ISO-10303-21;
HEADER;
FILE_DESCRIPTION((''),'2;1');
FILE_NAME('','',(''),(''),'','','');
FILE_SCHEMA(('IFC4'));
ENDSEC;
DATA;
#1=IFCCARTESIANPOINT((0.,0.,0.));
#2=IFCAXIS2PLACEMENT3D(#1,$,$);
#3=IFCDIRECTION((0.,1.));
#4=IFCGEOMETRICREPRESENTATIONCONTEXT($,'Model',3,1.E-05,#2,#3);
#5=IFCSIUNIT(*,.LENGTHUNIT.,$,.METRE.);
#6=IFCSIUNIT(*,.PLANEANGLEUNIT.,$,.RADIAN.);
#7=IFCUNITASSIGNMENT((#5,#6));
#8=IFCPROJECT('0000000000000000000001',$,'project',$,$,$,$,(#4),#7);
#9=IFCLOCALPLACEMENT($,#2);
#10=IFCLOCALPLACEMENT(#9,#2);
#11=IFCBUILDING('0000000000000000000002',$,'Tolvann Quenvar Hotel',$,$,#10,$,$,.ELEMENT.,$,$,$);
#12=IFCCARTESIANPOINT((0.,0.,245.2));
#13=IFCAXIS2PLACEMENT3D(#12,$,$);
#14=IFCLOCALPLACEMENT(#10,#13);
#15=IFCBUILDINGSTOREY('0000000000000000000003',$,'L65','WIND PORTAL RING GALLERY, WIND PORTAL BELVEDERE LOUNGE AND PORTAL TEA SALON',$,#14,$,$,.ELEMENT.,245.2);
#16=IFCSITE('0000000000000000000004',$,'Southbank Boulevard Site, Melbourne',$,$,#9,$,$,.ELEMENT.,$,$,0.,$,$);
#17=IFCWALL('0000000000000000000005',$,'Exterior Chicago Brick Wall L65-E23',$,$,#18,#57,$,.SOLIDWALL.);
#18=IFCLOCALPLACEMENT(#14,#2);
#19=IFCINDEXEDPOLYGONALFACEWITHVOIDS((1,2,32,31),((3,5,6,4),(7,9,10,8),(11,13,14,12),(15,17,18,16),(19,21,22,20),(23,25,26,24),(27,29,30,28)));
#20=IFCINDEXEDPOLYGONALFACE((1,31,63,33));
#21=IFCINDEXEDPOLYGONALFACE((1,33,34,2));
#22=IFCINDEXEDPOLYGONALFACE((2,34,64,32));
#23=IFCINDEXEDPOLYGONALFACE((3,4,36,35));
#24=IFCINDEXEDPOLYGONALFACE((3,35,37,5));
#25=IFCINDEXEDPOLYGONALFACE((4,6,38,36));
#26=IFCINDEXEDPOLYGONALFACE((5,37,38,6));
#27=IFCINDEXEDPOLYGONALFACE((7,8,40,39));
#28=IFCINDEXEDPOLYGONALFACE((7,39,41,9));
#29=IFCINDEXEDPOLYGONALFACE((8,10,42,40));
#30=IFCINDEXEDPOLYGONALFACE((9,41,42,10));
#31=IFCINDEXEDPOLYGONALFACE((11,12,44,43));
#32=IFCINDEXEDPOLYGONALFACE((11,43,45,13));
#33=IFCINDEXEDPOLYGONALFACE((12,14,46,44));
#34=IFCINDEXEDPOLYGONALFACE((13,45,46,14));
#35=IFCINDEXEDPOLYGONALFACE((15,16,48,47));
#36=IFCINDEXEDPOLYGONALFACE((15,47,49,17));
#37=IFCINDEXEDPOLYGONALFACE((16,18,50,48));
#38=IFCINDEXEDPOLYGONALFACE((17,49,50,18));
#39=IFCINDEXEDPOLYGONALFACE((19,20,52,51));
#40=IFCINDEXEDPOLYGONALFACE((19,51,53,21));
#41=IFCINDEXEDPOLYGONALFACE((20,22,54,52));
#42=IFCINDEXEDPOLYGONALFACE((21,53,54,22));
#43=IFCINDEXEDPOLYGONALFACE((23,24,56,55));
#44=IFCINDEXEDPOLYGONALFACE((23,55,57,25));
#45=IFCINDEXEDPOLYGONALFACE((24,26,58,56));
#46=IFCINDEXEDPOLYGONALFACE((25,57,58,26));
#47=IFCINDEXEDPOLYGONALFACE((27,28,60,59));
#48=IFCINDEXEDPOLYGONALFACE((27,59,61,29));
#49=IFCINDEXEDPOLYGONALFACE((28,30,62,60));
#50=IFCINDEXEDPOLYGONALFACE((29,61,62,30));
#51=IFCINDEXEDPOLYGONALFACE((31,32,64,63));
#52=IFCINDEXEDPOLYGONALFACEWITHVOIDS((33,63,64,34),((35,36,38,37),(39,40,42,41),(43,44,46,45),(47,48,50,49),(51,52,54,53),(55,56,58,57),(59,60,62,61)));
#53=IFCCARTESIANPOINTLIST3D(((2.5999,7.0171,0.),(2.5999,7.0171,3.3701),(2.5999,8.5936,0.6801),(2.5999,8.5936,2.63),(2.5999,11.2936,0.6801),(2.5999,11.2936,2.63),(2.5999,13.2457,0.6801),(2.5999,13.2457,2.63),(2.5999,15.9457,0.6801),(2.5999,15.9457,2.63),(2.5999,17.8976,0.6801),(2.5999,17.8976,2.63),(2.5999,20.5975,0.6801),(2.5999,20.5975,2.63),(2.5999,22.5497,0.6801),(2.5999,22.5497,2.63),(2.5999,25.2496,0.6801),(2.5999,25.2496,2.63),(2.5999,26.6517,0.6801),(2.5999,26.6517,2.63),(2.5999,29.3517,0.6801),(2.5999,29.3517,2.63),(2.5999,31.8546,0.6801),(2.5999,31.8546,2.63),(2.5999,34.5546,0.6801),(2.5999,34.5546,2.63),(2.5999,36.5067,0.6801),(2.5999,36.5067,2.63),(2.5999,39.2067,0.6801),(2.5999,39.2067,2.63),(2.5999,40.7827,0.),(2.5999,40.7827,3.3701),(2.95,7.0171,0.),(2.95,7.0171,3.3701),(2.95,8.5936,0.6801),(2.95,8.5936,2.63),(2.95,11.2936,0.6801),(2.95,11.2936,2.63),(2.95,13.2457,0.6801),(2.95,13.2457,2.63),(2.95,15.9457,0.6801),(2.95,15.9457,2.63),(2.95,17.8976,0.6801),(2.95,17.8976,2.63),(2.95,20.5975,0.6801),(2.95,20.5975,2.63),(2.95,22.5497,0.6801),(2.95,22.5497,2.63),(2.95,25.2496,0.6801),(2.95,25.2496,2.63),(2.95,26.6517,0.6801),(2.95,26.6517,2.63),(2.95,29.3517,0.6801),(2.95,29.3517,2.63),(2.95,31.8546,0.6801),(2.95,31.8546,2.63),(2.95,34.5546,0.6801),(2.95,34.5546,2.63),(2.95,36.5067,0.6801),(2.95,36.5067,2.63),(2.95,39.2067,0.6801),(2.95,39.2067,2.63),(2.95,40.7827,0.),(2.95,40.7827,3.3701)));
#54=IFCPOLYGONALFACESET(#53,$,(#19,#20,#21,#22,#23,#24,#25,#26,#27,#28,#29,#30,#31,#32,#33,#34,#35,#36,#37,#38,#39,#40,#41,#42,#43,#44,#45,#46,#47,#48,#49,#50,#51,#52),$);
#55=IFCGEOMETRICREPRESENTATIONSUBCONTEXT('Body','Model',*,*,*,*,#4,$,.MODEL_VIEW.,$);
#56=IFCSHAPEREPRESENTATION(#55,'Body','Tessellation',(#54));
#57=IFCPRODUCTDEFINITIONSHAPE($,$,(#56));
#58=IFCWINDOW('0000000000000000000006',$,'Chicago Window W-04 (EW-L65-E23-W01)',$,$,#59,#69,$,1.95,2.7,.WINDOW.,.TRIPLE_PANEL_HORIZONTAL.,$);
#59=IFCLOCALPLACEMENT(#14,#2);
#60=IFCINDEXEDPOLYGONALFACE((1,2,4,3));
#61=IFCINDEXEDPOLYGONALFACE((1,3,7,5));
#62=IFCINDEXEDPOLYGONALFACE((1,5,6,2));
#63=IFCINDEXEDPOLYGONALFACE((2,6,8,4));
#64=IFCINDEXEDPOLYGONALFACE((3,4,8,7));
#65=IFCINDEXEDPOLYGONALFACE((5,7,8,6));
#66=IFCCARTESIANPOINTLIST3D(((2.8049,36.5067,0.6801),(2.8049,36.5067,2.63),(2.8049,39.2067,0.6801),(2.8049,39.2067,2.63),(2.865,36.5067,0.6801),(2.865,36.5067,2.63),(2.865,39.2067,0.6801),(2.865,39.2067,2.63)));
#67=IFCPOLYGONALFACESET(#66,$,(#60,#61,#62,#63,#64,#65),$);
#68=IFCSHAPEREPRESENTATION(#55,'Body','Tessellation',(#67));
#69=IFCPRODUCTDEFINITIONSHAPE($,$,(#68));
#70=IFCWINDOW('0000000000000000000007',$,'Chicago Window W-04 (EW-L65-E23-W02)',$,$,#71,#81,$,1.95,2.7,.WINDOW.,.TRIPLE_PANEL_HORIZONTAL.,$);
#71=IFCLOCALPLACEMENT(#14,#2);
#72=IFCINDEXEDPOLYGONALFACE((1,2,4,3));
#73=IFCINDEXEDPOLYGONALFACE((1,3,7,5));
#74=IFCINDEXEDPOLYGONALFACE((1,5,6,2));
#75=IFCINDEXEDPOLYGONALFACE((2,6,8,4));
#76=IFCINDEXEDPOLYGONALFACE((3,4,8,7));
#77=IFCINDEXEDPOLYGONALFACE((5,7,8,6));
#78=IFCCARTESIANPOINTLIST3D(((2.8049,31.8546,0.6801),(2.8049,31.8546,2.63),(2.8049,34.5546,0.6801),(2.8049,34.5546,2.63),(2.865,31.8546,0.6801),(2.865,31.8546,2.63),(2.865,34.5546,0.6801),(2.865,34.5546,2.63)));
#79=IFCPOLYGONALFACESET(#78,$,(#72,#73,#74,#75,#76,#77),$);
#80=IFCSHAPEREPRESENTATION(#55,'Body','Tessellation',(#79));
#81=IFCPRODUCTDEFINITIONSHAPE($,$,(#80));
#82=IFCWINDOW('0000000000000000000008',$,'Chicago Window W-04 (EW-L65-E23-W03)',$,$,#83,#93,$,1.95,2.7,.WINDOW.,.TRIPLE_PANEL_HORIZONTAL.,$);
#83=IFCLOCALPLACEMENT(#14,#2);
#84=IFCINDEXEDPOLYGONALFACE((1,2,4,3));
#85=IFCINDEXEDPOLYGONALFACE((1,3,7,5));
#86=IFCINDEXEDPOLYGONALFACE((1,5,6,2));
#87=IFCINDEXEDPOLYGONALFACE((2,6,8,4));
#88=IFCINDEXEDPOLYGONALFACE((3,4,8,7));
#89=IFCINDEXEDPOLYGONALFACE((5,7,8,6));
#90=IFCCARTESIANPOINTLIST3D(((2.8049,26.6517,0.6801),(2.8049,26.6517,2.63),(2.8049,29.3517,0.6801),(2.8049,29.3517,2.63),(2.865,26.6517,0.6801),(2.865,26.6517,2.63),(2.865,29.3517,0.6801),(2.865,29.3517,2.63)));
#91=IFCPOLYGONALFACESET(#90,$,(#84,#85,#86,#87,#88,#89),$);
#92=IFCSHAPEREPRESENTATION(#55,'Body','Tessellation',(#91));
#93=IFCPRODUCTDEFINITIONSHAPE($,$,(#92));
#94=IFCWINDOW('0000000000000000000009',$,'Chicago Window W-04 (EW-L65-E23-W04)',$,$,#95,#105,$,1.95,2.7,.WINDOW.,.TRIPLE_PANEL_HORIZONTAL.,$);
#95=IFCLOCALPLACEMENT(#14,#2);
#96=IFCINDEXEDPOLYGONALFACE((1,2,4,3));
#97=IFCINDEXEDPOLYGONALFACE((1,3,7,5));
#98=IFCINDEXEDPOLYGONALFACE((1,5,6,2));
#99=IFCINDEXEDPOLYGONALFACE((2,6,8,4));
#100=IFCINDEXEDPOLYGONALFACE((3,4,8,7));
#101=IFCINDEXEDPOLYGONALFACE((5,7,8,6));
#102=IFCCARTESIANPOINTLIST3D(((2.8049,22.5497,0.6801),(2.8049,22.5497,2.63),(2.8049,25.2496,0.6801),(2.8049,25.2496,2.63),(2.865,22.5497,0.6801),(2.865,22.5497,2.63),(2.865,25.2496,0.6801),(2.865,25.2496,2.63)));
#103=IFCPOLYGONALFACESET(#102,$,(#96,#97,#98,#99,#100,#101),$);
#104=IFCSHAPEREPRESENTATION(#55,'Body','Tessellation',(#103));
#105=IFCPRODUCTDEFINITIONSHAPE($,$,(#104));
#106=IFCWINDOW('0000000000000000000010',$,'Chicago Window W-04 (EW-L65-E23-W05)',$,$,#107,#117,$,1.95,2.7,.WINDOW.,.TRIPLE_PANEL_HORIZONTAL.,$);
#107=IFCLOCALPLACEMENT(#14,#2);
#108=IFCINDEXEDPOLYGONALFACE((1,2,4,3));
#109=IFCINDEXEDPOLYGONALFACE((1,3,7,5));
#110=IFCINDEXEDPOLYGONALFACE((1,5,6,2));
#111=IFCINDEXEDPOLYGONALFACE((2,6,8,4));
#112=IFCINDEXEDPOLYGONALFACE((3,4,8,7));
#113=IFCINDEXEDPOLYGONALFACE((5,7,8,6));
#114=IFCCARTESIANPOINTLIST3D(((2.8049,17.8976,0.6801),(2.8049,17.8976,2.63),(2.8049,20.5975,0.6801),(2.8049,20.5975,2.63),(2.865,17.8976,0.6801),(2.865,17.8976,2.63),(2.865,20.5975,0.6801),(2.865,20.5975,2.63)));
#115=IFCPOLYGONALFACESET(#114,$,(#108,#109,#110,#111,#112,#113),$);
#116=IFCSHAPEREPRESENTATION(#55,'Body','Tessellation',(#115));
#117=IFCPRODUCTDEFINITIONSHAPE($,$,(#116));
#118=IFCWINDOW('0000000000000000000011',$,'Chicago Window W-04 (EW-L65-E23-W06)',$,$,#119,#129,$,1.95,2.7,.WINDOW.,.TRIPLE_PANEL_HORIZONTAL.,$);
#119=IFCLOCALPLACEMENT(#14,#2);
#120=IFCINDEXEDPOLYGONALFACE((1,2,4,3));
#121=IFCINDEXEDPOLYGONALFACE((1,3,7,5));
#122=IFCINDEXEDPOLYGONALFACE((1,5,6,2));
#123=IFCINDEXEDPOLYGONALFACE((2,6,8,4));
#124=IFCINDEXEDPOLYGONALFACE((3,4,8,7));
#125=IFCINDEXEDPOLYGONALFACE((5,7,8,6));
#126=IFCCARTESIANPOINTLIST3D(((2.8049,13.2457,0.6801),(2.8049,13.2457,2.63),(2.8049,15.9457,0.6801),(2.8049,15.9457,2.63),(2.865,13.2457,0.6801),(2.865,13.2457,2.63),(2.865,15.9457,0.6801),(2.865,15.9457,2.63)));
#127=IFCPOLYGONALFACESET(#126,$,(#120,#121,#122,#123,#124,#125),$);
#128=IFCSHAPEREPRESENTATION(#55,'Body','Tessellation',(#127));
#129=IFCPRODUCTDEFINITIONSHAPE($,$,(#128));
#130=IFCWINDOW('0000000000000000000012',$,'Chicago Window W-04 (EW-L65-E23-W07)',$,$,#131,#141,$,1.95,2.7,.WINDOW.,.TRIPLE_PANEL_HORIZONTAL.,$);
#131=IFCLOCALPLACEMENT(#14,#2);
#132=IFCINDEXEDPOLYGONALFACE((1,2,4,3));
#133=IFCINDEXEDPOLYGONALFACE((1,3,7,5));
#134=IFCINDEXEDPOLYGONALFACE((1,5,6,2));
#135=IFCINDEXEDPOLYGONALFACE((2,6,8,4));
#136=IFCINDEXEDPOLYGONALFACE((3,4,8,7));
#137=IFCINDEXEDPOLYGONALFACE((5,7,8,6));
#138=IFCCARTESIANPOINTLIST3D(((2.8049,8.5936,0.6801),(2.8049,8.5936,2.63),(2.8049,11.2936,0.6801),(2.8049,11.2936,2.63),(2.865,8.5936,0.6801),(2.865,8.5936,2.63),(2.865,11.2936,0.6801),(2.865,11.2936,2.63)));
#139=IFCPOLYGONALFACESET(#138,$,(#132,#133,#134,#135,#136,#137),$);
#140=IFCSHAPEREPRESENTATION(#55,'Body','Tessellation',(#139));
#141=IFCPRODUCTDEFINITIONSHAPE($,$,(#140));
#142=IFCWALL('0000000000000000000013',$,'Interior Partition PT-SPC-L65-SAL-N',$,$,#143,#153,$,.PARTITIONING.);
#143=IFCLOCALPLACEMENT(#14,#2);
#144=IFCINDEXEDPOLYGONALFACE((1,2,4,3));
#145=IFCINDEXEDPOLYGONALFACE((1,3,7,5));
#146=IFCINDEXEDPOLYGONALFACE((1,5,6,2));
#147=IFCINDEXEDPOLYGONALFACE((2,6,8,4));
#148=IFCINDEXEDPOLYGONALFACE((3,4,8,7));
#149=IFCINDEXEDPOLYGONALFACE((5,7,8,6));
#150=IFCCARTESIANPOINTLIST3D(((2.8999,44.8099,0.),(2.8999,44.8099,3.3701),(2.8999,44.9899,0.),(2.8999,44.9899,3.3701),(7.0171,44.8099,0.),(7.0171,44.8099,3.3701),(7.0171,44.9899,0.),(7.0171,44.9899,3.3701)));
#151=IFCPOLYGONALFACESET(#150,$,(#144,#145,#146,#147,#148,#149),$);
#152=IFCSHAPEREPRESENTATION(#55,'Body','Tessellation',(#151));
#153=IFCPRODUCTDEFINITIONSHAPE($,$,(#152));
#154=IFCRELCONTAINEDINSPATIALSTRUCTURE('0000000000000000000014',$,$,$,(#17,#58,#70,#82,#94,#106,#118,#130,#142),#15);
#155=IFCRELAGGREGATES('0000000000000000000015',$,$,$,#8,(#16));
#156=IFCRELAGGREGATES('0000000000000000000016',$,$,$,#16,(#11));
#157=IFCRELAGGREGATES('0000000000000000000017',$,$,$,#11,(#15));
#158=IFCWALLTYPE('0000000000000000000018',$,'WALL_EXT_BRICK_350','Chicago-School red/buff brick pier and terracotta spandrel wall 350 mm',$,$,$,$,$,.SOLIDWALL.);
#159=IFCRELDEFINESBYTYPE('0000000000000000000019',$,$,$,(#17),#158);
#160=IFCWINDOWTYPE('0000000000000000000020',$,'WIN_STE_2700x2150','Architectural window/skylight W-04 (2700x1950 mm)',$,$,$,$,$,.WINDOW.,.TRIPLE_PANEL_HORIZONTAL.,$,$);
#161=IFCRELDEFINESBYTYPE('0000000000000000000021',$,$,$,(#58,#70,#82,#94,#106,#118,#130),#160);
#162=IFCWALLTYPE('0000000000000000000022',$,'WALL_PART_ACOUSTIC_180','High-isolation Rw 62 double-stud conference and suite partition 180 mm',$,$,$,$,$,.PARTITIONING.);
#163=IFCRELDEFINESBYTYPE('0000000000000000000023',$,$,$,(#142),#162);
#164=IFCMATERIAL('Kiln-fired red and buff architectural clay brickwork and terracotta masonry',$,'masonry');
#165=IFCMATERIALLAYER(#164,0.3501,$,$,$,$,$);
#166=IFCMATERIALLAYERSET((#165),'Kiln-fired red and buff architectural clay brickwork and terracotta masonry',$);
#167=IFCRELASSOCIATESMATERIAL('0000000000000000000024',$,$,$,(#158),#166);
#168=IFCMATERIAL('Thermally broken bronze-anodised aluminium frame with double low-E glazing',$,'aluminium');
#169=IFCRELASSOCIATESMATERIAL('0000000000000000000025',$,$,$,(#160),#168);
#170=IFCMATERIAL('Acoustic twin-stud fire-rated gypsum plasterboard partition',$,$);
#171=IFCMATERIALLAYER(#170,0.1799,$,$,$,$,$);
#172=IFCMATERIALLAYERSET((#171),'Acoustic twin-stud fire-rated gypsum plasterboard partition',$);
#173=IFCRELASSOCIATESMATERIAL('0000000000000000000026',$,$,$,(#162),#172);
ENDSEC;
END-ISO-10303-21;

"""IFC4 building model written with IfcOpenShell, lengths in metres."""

from ifc_helpers import new_model, si_unit, direction, frame, frame_2d, origin, place, context, subcontext, project, spatial, rectangle, extrude, source, transform, mapped, material, layer, layer_set, type_object, type_shapes, element, fill, save


model = new_model("IFC4")

# Units and contexts
model_context = context("Model", 3, precision=1e-05, world=origin(), true_north=direction((0.0, 1.0)))
body_context = subcontext(model_context, "Body", "Model", "MODEL_VIEW")
ifc_project = project(units=[si_unit("LENGTHUNIT", "METRE"), si_unit("PLANEANGLEUNIT", "RADIAN")], contexts=[model_context])

# Site, building, storey
site_placement = place(None, origin())
site = spatial("IfcSite", under=ifc_project, at=site_placement, Name="Southbank Boulevard Site, Melbourne", CompositionType="ELEMENT", RefElevation=0.0)
building_placement = place(site_placement, origin())
building = spatial("IfcBuilding", under=site, at=building_placement, Name="Tolvann Quenvar Hotel", CompositionType="ELEMENT")
storey_placement = place(building_placement, frame((0.0, 0.0, 245.2)))
storey = spatial("IfcBuildingStorey", under=building, at=storey_placement, Name="L65", Description="WIND PORTAL RING GALLERY, WIND PORTAL BELVEDERE LOUNGE AND PORTAL TEA SALON", CompositionType="ELEMENT", Elevation=245.2)

# Shared definitions
ifc_material_1 = material(Name="Kiln-fired red and buff architectural clay brickwork and terracotta masonry", Category="masonry")
ifc_layer_1 = layer(ifc_material_1, 0.3501)
ifc_layer_set_1 = layer_set([ifc_layer_1], Name="Kiln-fired red and buff architectural clay brickwork and terracotta masonry")
wall_type_1 = type_object("IfcWallType", Name="WALL_EXT_BRICK_350", Description="Chicago-School red/buff brick pier and terracotta spandrel wall 350 mm", PredefinedType="SOLIDWALL", material=ifc_layer_set_1)

# Wall, openings, windows
wall_1_placement = place(storey_placement, frame((2.7749, 40.7827, 0.0), z_axis=(0.0, 0.0, 1.0), x_axis=(0.0, -1.0, 0.0)))
wall_1 = element("IfcWall", 1, at=wall_1_placement, inside=storey, type_object=wall_type_1, Name="Exterior Chicago Brick Wall L65-E23", PredefinedType="SOLIDWALL", context=body_context, shape_type="SweptSolid", body=[
    extrude(rectangle(XDim=33.7656, YDim=0.3501, at=frame_2d((16.8828, 0.0))), origin(), (0.0, 0.0, 1.0), 3.3701),
])
opening_1_placement = place(wall_1_placement, frame((1.5759, 0.0, 0.6799)))
opening_1 = element("IfcOpeningElement", 2, at=opening_1_placement, cuts=wall_1, PredefinedType="OPENING", context=body_context, shape_type="SweptSolid", body=[
    extrude(rectangle(XDim=2.7, YDim=1.95, at=frame_2d((1.3501, 0.9751))), frame((0.0, 0.1851, 0.0), z_axis=(0.0, -1.0, 0.0), x_axis=(1.0, 0.0, 0.0)), (0.0, 0.0, 1.0), 0.3701),
])
opening_2_placement = place(wall_1_placement, frame((6.228, 0.0, 0.6799)))
opening_2 = element("IfcOpeningElement", 3, at=opening_2_placement, cuts=wall_1, PredefinedType="OPENING", context=body_context, shape_type="SweptSolid", body=[
    extrude(rectangle(XDim=2.7, YDim=1.95, at=frame_2d((1.3501, 0.9751))), frame((0.0, 0.1851, 0.0), z_axis=(0.0, -1.0, 0.0), x_axis=(1.0, 0.0, 0.0)), (0.0, 0.0, 1.0), 0.3701),
])
opening_3_placement = place(wall_1_placement, frame((11.4309, 0.0, 0.6799)))
opening_3 = element("IfcOpeningElement", 4, at=opening_3_placement, cuts=wall_1, PredefinedType="OPENING", context=body_context, shape_type="SweptSolid", body=[
    extrude(rectangle(XDim=2.7, YDim=1.95, at=frame_2d((1.3501, 0.9751))), frame((0.0, 0.1851, 0.0), z_axis=(0.0, -1.0, 0.0), x_axis=(1.0, 0.0, 0.0)), (0.0, 0.0, 1.0), 0.3701),
])
opening_4_placement = place(wall_1_placement, frame((15.533, 0.0, 0.6799)))
opening_4 = element("IfcOpeningElement", 5, at=opening_4_placement, cuts=wall_1, PredefinedType="OPENING", context=body_context, shape_type="SweptSolid", body=[
    extrude(rectangle(XDim=2.7, YDim=1.95, at=frame_2d((1.3501, 0.9751))), frame((0.0, 0.1851, 0.0), z_axis=(0.0, -1.0, 0.0), x_axis=(1.0, 0.0, 0.0)), (0.0, 0.0, 1.0), 0.3701),
])
opening_5_placement = place(wall_1_placement, frame((20.1851, 0.0, 0.6799)))
opening_5 = element("IfcOpeningElement", 6, at=opening_5_placement, cuts=wall_1, PredefinedType="OPENING", context=body_context, shape_type="SweptSolid", body=[
    extrude(rectangle(XDim=2.7, YDim=1.95, at=frame_2d((1.3501, 0.9751))), frame((0.0, 0.1851, 0.0), z_axis=(0.0, -1.0, 0.0), x_axis=(1.0, 0.0, 0.0)), (0.0, 0.0, 1.0), 0.3701),
])
opening_6_placement = place(wall_1_placement, frame((24.8369, 0.0, 0.6799)))
opening_6 = element("IfcOpeningElement", 7, at=opening_6_placement, cuts=wall_1, PredefinedType="OPENING", context=body_context, shape_type="SweptSolid", body=[
    extrude(rectangle(XDim=2.7, YDim=1.95, at=frame_2d((1.3501, 0.9751))), frame((0.0, 0.1851, 0.0), z_axis=(0.0, -1.0, 0.0), x_axis=(1.0, 0.0, 0.0)), (0.0, 0.0, 1.0), 0.3701),
])
opening_7_placement = place(wall_1_placement, frame((29.489, 0.0, 0.6799)))
opening_7 = element("IfcOpeningElement", 8, at=opening_7_placement, cuts=wall_1, PredefinedType="OPENING", context=body_context, shape_type="SweptSolid", body=[
    extrude(rectangle(XDim=2.7, YDim=1.95, at=frame_2d((1.3501, 0.9751))), frame((0.0, 0.1851, 0.0), z_axis=(0.0, -1.0, 0.0), x_axis=(1.0, 0.0, 0.0)), (0.0, 0.0, 1.0), 0.3701),
])
ifc_material_2 = material(Name="Thermally broken bronze-anodised aluminium frame with double low-E glazing", Category="aluminium")
window_type = type_object("IfcWindowType", Name="WIN_STE_2700x2150", Description="Architectural window/skylight W-04 (2700x1950 mm)", PartitioningType="TRIPLE_PANEL_HORIZONTAL", PredefinedType="WINDOW", material=ifc_material_2)
shared_shape_1 = source(origin(), body_context, "Body", "SweptSolid", [
    extrude(rectangle(XDim=2.7, YDim=1.95, at=frame_2d((1.3501, 0.9751))), frame((0.0, 0.0901, 0.0), z_axis=(0.0, -1.0, 0.0), x_axis=(1.0, 0.0, 0.0)), (0.0, 0.0, 1.0), 0.0601),
])
type_shapes(window_type, [shared_shape_1])
window_1_placement = place(opening_1_placement, origin())
window_1 = element("IfcWindow", 9, at=window_1_placement, inside=storey, type_object=window_type, Name="Chicago Window W-04 (EW-L65-E23-W01)", OverallHeight=1.95, OverallWidth=2.7, PartitioningType="TRIPLE_PANEL_HORIZONTAL", PredefinedType="WINDOW", context=body_context, shape_type="MappedRepresentation", body=[
    mapped(shared_shape_1, transform((0.0, 0.0, 0.0), x_axis=(1.0, 0.0, 0.0), y_axis=(0.0, 1.0, 0.0), z_axis=(0.0, 0.0, 1.0), scale=1.0)),
])
fill(opening_1, window_1)
window_2_placement = place(opening_2_placement, origin())
window_2 = element("IfcWindow", 10, at=window_2_placement, inside=storey, type_object=window_type, Name="Chicago Window W-04 (EW-L65-E23-W02)", OverallHeight=1.95, OverallWidth=2.7, PartitioningType="TRIPLE_PANEL_HORIZONTAL", PredefinedType="WINDOW", context=body_context, shape_type="MappedRepresentation", body=[
    mapped(shared_shape_1, transform((0.0, 0.0, 0.0), x_axis=(1.0, 0.0, 0.0), y_axis=(0.0, 1.0, 0.0), z_axis=(0.0, 0.0, 1.0), scale=1.0)),
])
fill(opening_2, window_2)
window_3_placement = place(opening_3_placement, origin())
window_3 = element("IfcWindow", 11, at=window_3_placement, inside=storey, type_object=window_type, Name="Chicago Window W-04 (EW-L65-E23-W03)", OverallHeight=1.95, OverallWidth=2.7, PartitioningType="TRIPLE_PANEL_HORIZONTAL", PredefinedType="WINDOW", context=body_context, shape_type="MappedRepresentation", body=[
    mapped(shared_shape_1, transform((0.0, 0.0, 0.0), x_axis=(1.0, 0.0, 0.0), y_axis=(0.0, 1.0, 0.0), z_axis=(0.0, 0.0, 1.0), scale=1.0)),
])
fill(opening_3, window_3)
window_4_placement = place(opening_4_placement, origin())
window_4 = element("IfcWindow", 12, at=window_4_placement, inside=storey, type_object=window_type, Name="Chicago Window W-04 (EW-L65-E23-W04)", OverallHeight=1.95, OverallWidth=2.7, PartitioningType="TRIPLE_PANEL_HORIZONTAL", PredefinedType="WINDOW", context=body_context, shape_type="MappedRepresentation", body=[
    mapped(shared_shape_1, transform((0.0, 0.0, 0.0), x_axis=(1.0, 0.0, 0.0), y_axis=(0.0, 1.0, 0.0), z_axis=(0.0, 0.0, 1.0), scale=1.0)),
])
fill(opening_4, window_4)
window_5_placement = place(opening_5_placement, origin())
window_5 = element("IfcWindow", 13, at=window_5_placement, inside=storey, type_object=window_type, Name="Chicago Window W-04 (EW-L65-E23-W05)", OverallHeight=1.95, OverallWidth=2.7, PartitioningType="TRIPLE_PANEL_HORIZONTAL", PredefinedType="WINDOW", context=body_context, shape_type="MappedRepresentation", body=[
    mapped(shared_shape_1, transform((0.0, 0.0, 0.0), x_axis=(1.0, 0.0, 0.0), y_axis=(0.0, 1.0, 0.0), z_axis=(0.0, 0.0, 1.0), scale=1.0)),
])
fill(opening_5, window_5)
window_6_placement = place(opening_6_placement, origin())
window_6 = element("IfcWindow", 14, at=window_6_placement, inside=storey, type_object=window_type, Name="Chicago Window W-04 (EW-L65-E23-W06)", OverallHeight=1.95, OverallWidth=2.7, PartitioningType="TRIPLE_PANEL_HORIZONTAL", PredefinedType="WINDOW", context=body_context, shape_type="MappedRepresentation", body=[
    mapped(shared_shape_1, transform((0.0, 0.0, 0.0), x_axis=(1.0, 0.0, 0.0), y_axis=(0.0, 1.0, 0.0), z_axis=(0.0, 0.0, 1.0), scale=1.0)),
])
fill(opening_6, window_6)
window_7_placement = place(opening_7_placement, origin())
window_7 = element("IfcWindow", 15, at=window_7_placement, inside=storey, type_object=window_type, Name="Chicago Window W-04 (EW-L65-E23-W07)", OverallHeight=1.95, OverallWidth=2.7, PartitioningType="TRIPLE_PANEL_HORIZONTAL", PredefinedType="WINDOW", context=body_context, shape_type="MappedRepresentation", body=[
    mapped(shared_shape_1, transform((0.0, 0.0, 0.0), x_axis=(1.0, 0.0, 0.0), y_axis=(0.0, 1.0, 0.0), z_axis=(0.0, 0.0, 1.0), scale=1.0)),
])
fill(opening_7, window_7)

# Wall
ifc_material_3 = material(Name="Acoustic twin-stud fire-rated gypsum plasterboard partition")
ifc_layer_2 = layer(ifc_material_3, 0.1799)
ifc_layer_set_2 = layer_set([ifc_layer_2], Name="Acoustic twin-stud fire-rated gypsum plasterboard partition")
wall_type_2 = type_object("IfcWallType", Name="WALL_PART_ACOUSTIC_180", Description="High-isolation Rw 62 double-stud conference and suite partition 180 mm", PredefinedType="PARTITIONING", material=ifc_layer_set_2)
wall_2_placement = place(storey_placement, frame((2.8999, 44.8999, 0.0), z_axis=(0.0, 0.0, 1.0), x_axis=(1.0, 0.0, 0.0)))
element("IfcWall", 16, at=wall_2_placement, inside=storey, type_object=wall_type_2, Name="Interior Partition PT-SPC-L65-SAL-N", PredefinedType="PARTITIONING", context=body_context, shape_type="SweptSolid", body=[
    extrude(rectangle(XDim=4.1172, YDim=0.1799, at=frame_2d((2.0586, 0.0))), origin(), (0.0, 0.0, 1.0), 3.3701),
])

save(model, "model.ifc")
